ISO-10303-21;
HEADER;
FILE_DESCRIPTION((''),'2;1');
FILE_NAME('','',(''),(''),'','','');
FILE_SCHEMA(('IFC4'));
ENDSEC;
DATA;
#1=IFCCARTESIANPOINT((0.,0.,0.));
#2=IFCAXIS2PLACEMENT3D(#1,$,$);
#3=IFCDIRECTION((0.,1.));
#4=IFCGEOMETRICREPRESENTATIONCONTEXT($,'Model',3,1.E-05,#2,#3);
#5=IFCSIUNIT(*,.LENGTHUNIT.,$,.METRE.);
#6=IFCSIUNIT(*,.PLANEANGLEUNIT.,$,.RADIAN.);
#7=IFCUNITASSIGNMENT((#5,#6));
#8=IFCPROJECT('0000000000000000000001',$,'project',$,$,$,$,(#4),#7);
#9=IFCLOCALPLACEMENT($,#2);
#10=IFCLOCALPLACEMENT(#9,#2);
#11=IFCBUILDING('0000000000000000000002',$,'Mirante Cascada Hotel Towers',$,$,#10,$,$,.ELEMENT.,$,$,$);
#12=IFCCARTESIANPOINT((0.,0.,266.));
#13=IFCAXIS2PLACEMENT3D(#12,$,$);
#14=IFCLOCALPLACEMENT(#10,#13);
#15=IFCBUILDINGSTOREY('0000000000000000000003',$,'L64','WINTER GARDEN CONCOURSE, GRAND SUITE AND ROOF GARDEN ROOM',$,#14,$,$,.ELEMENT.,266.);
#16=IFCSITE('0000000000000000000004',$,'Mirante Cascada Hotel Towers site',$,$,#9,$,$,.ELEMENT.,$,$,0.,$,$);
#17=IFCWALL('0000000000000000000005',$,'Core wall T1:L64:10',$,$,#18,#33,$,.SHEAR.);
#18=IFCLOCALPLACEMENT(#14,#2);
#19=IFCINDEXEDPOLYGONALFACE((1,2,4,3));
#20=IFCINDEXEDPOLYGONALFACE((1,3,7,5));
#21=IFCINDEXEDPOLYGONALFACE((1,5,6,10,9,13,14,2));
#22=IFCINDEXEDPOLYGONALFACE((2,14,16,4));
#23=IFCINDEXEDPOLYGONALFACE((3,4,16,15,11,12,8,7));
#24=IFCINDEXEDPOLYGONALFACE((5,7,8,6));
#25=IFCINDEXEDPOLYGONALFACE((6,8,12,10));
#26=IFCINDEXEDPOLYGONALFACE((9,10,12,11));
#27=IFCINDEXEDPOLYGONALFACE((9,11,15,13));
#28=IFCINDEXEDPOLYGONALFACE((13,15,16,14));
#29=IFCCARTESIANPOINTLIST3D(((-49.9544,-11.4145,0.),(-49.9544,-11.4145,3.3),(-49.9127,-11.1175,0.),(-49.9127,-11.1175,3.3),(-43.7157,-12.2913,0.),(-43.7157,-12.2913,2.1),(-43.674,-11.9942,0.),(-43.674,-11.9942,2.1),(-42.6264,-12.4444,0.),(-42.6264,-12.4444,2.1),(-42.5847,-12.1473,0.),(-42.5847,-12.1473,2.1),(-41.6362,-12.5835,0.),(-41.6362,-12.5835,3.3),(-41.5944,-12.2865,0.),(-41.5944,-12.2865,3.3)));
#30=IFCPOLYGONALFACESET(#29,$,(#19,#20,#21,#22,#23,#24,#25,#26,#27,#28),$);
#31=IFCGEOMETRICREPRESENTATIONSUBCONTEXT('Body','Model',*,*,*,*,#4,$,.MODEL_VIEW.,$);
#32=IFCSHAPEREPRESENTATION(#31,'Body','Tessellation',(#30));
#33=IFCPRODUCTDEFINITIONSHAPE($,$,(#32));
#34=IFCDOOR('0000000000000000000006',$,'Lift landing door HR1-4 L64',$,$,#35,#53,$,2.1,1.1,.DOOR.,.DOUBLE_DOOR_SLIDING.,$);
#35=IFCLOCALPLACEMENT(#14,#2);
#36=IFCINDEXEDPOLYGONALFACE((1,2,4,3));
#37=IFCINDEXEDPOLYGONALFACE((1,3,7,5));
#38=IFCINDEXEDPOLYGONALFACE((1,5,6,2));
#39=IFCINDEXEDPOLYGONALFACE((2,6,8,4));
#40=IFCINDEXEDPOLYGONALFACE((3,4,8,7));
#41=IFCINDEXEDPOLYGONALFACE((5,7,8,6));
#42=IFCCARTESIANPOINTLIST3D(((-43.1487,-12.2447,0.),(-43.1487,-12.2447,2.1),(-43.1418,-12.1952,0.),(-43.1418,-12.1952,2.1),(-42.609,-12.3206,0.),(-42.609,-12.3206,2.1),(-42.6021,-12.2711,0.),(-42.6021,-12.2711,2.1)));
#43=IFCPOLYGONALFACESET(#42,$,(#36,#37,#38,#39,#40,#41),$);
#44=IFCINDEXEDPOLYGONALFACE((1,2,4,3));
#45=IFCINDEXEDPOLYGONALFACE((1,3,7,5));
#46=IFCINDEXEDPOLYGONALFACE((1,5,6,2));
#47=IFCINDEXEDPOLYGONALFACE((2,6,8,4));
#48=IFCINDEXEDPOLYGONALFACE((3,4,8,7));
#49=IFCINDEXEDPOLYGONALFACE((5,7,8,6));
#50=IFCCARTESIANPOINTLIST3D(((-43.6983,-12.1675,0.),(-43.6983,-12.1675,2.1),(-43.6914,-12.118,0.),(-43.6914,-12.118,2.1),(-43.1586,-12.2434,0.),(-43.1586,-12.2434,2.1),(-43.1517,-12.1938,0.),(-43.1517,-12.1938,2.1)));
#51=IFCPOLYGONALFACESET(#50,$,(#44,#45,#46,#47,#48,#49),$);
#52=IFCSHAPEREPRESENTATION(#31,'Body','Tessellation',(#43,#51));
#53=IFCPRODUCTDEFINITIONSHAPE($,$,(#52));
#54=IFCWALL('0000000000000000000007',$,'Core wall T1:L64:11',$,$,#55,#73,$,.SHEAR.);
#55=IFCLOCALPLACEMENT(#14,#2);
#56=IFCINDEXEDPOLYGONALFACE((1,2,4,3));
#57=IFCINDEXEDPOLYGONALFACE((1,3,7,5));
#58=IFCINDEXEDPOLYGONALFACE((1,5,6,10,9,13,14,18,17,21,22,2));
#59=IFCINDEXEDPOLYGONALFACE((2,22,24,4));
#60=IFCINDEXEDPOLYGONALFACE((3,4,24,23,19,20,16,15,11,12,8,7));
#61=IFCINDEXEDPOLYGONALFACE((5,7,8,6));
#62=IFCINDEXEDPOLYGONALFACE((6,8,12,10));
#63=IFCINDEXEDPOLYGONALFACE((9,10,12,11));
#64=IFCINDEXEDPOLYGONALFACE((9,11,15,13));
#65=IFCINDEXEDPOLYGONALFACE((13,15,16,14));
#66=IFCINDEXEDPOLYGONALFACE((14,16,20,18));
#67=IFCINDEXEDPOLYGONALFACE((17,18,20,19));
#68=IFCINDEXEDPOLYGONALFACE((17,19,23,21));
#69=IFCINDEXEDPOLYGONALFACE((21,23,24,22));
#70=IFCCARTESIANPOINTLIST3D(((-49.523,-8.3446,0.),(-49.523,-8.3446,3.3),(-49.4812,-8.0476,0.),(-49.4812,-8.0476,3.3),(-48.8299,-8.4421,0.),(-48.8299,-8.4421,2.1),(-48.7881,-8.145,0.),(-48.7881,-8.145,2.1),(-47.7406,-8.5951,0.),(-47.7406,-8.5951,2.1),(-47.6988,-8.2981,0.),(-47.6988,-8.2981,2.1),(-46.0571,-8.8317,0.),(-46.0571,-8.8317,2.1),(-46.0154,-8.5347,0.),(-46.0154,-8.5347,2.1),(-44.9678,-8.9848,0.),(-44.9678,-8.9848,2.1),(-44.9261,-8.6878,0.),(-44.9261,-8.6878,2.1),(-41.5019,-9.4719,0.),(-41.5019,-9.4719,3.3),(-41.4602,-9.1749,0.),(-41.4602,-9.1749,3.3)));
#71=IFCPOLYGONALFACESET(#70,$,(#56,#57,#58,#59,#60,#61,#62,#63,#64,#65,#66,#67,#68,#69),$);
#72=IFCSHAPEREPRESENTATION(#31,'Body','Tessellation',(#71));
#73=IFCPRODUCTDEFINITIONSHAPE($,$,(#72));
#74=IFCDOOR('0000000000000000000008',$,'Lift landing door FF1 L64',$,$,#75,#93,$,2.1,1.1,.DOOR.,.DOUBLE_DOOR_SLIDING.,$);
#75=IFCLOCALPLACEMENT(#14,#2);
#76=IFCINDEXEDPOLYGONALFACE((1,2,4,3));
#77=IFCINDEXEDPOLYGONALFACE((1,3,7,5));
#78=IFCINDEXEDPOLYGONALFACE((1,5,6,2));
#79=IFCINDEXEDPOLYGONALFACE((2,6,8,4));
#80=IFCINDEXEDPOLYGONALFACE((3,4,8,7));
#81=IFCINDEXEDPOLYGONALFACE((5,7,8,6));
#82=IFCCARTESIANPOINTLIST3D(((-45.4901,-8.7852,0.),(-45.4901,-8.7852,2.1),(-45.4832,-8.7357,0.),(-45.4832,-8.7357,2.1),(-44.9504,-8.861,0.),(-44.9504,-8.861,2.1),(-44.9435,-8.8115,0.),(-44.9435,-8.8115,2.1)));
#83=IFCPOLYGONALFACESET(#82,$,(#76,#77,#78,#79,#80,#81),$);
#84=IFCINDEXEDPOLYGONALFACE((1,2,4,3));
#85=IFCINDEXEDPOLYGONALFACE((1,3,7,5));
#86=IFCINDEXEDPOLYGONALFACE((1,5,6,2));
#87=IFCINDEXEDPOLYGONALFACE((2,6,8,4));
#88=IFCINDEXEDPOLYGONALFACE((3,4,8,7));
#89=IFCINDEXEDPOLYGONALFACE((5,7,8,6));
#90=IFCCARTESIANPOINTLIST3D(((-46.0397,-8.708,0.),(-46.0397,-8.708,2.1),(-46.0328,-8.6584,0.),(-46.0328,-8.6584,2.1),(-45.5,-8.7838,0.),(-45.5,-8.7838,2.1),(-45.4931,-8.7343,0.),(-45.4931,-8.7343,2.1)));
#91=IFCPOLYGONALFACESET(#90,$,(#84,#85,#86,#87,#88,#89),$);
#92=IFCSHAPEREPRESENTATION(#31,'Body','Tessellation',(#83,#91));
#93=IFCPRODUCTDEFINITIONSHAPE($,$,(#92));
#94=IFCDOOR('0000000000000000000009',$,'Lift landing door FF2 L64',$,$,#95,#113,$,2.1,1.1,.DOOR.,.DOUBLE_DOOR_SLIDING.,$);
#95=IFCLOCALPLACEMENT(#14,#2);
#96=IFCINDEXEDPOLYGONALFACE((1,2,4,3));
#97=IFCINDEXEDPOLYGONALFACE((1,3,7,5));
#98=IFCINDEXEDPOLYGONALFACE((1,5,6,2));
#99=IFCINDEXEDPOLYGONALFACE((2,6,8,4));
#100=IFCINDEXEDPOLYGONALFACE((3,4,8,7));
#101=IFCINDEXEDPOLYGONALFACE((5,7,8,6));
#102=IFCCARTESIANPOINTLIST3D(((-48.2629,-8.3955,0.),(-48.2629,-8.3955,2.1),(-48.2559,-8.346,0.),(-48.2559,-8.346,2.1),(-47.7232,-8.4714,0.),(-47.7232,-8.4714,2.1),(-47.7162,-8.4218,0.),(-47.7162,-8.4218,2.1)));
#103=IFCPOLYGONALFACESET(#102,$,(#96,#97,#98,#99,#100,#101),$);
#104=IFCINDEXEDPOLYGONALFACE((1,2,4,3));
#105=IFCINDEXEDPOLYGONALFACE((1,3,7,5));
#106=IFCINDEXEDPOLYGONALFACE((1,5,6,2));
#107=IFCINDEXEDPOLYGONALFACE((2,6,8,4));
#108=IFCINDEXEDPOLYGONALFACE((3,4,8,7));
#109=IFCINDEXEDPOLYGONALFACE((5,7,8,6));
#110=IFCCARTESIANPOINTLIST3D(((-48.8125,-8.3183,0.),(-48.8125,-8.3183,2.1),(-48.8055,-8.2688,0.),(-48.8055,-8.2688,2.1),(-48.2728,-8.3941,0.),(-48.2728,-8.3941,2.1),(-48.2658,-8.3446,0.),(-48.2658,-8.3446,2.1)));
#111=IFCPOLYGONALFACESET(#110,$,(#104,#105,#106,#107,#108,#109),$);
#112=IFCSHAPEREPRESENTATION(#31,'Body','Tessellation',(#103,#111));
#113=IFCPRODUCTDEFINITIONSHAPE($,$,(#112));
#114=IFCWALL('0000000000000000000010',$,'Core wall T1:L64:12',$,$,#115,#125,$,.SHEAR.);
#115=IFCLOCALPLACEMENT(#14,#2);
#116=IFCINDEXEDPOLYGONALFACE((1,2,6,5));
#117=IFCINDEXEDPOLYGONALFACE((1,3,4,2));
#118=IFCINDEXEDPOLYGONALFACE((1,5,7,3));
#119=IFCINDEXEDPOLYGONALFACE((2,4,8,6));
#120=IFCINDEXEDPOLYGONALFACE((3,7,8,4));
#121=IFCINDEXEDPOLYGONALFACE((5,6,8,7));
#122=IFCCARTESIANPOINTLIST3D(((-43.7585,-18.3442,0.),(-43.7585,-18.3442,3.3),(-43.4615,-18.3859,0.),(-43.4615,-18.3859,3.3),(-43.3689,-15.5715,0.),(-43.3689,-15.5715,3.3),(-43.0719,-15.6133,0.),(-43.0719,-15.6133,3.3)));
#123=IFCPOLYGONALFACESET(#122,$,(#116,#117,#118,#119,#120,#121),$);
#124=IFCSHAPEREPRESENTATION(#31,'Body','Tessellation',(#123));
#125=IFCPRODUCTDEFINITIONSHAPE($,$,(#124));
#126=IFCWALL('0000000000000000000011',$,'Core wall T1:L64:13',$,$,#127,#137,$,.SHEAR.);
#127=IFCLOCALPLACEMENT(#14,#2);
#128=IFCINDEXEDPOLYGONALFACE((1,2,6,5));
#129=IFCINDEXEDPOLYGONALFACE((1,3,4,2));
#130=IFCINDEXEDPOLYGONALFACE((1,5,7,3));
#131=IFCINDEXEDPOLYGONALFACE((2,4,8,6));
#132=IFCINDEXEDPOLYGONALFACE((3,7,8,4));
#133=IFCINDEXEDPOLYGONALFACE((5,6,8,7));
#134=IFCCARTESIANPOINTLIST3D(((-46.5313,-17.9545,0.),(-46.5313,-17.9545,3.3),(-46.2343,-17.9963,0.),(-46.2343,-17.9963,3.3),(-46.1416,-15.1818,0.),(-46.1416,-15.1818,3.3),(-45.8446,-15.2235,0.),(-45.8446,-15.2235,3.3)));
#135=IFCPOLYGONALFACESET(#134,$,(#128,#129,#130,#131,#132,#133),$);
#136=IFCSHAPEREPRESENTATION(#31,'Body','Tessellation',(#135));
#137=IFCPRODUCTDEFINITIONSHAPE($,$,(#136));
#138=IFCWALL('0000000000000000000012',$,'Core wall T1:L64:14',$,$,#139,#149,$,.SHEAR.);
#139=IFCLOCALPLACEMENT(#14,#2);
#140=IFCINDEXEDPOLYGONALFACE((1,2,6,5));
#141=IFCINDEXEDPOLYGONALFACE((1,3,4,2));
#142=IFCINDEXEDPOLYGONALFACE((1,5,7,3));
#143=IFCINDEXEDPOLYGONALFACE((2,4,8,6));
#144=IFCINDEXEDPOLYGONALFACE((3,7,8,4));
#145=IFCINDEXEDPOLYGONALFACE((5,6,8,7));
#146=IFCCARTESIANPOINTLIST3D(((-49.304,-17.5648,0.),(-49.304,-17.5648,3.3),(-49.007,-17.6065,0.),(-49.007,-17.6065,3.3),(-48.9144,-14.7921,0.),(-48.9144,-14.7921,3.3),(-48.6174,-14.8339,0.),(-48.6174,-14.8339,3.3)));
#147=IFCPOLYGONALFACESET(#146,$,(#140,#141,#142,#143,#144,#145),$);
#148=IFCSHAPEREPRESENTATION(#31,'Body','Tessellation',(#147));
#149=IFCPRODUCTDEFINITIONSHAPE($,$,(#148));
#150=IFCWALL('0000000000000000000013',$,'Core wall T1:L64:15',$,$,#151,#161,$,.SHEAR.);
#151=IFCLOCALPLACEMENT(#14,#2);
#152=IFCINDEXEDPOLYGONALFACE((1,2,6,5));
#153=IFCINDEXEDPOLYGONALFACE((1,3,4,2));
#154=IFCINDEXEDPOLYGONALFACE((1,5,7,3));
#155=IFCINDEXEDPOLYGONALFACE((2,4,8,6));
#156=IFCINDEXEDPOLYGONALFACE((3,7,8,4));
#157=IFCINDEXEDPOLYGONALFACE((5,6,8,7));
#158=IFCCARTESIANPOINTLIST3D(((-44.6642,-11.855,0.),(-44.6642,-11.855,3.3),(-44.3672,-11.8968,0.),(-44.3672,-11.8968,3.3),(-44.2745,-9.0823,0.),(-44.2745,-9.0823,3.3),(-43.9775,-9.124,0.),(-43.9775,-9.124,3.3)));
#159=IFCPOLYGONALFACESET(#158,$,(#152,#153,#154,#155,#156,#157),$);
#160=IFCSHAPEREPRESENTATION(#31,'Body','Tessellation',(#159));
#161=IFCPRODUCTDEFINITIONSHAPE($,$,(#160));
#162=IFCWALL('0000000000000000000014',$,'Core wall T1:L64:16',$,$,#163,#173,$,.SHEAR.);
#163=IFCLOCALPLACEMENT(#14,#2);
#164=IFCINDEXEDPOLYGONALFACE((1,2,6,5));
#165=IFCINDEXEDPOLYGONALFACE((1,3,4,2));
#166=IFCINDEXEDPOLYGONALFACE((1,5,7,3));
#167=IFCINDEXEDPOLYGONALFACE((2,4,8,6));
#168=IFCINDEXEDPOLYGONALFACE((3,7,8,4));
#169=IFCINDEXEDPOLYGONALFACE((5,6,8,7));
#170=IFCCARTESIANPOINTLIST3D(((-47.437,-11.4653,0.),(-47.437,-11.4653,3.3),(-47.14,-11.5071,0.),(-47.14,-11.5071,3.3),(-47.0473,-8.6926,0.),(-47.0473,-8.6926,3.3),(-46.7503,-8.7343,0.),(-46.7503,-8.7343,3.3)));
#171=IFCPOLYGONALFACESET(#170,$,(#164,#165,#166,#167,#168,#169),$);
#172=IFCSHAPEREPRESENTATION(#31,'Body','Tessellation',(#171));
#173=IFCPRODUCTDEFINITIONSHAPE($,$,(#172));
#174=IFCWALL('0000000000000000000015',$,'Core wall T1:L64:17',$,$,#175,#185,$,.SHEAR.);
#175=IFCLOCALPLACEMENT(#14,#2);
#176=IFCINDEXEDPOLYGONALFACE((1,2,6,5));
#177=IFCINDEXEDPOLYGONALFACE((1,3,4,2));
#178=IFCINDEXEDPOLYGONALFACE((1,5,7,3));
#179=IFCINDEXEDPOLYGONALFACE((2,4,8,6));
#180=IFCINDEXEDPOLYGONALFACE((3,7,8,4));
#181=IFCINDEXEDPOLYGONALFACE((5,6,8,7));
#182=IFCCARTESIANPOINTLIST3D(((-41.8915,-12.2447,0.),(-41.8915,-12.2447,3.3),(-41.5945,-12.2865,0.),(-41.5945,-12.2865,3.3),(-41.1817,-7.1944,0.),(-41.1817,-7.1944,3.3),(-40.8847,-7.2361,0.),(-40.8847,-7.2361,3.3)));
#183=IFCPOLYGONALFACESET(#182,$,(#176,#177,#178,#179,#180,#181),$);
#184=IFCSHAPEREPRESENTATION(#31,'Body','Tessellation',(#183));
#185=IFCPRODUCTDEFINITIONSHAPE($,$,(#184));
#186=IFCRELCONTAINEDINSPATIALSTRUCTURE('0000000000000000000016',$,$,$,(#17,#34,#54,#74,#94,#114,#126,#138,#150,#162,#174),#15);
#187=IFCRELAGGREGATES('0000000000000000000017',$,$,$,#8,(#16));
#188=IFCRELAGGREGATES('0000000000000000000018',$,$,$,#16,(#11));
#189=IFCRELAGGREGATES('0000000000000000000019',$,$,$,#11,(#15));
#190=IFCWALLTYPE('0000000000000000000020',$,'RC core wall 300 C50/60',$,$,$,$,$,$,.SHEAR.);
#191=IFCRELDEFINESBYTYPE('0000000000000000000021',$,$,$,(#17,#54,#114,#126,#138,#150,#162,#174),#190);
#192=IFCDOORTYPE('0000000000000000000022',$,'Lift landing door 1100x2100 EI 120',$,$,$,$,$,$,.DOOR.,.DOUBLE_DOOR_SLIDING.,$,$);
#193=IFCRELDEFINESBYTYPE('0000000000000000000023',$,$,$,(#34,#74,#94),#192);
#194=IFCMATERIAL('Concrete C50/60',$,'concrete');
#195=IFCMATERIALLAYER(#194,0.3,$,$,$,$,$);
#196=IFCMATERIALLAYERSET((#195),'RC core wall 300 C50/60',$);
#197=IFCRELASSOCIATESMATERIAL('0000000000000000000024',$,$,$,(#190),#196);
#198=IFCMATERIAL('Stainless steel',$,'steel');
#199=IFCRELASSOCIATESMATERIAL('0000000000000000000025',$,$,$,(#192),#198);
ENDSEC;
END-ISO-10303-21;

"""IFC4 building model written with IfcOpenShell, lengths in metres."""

from ifc_helpers import new_model, si_unit, direction, frame, frame_2d, origin, place, context, subcontext, project, spatial, rectangle, extrude, material, layer, layer_set, type_object, element, fill, save


model = new_model("IFC4")

# Units and contexts
model_context = context("Model", 3, precision=1e-05, world=origin(), true_north=direction((0.0, 1.0)))
body_context = subcontext(model_context, "Body", "Model", "MODEL_VIEW")
ifc_project = project(units=[si_unit("LENGTHUNIT", "METRE"), si_unit("PLANEANGLEUNIT", "RADIAN")], contexts=[model_context])

# Site, building, storey
site_placement = place(None, origin())
site = spatial("IfcSite", under=ifc_project, at=site_placement, Name="Mirante Cascada Hotel Towers site", CompositionType="ELEMENT", RefElevation=0.0)
building_placement = place(site_placement, origin())
building = spatial("IfcBuilding", under=site, at=building_placement, Name="Mirante Cascada Hotel Towers", CompositionType="ELEMENT")
storey_placement = place(building_placement, frame((0.0, 0.0, 266.0)))
storey = spatial("IfcBuildingStorey", under=building, at=storey_placement, Name="L64", Description="WINTER GARDEN CONCOURSE, GRAND SUITE AND ROOF GARDEN ROOM", CompositionType="ELEMENT", Elevation=266.0)

# Shared definitions
ifc_material_1 = material(Name="Concrete C50/60", Category="concrete")
ifc_layer_1 = layer(ifc_material_1, 0.3)
ifc_layer_set_1 = layer_set([ifc_layer_1], Name="RC core wall 300 C50/60")
wall_type_1 = type_object("IfcWallType", Name="RC core wall 300 C50/60", PredefinedType="SHEAR", material=ifc_layer_set_1)

# Wall, opening, door
wall_1_placement = place(storey_placement, frame((-41.6153, -12.435, 0.0), z_axis=(0.0, 0.0, 1.0), x_axis=(-0.990269, 0.139166, 0.0)))
wall_1 = element("IfcWall", 1, at=wall_1_placement, inside=storey, type_object=wall_type_1, Name="Core wall T1:L64:10", PredefinedType="SHEAR", context=body_context, shape_type="SweptSolid", body=[
    extrude(rectangle(XDim=8.4, YDim=0.3, at=frame_2d((4.2, 0.0))), origin(), (0.0, 0.0, 1.0), 3.3),
])
opening_1_placement = place(wall_1_placement, frame((1.0, 0.0, 0.0)))
opening_1 = element("IfcOpeningElement", 2, at=opening_1_placement, cuts=wall_1, PredefinedType="OPENING", context=body_context, shape_type="SweptSolid", body=[
    extrude(rectangle(XDim=1.1, YDim=2.1, at=frame_2d((0.55, 1.05))), frame((0.0, 0.15, 0.0), z_axis=(0.0, -1.0, 0.0), x_axis=(1.0, 0.0, 0.0)), (0.0, 0.0, 1.0), 0.3),
])
ifc_material_2 = material(Name="Stainless steel", Category="steel")
door_type_1 = type_object("IfcDoorType", Name="Lift landing door 1100x2100 EI 120", OperationType="DOUBLE_DOOR_SLIDING", PredefinedType="DOOR", material=ifc_material_2)
door_1_placement = place(opening_1_placement, origin())
door_1 = element("IfcDoor", 3, at=door_1_placement, inside=storey, type_object=door_type_1, Name="Lift landing door HR1-4 L64", OperationType="DOUBLE_DOOR_SLIDING", OverallHeight=2.1, OverallWidth=1.1, PredefinedType="DOOR", context=body_context, shape_type="SweptSolid", body=[
    extrude(rectangle(XDim=0.545, YDim=2.1, at=frame_2d((0.2725, 1.05))), frame((0.0, 0.025, 0.0), z_axis=(0.0, -1.0, 0.0), x_axis=(1.0, 0.0, 0.0)), (0.0, 0.0, 1.0), 0.05),
    extrude(rectangle(XDim=0.545, YDim=2.1, at=frame_2d((0.8275, 1.05))), frame((0.0, 0.025, 0.0), z_axis=(0.0, -1.0, 0.0), x_axis=(1.0, 0.0, 0.0)), (0.0, 0.0, 1.0), 0.05),
])
fill(opening_1, door_1)

# Wall, openings, doors
wall_2_placement = place(storey_placement, frame((-41.481, -9.3234, 0.0), z_axis=(0.0, 0.0, 1.0), x_axis=(-0.990268, 0.139174, 0.0)))
wall_2 = element("IfcWall", 4, at=wall_2_placement, inside=storey, type_object=wall_type_1, Name="Core wall T1:L64:11", PredefinedType="SHEAR", context=body_context, shape_type="SweptSolid", body=[
    extrude(rectangle(XDim=8.0999, YDim=0.3, at=frame_2d((4.05, 0.0))), origin(), (0.0, 0.0, 1.0), 3.3),
])
opening_2_placement = place(wall_2_placement, frame((3.5, 0.0, 0.0)))
opening_2 = element("IfcOpeningElement", 5, at=opening_2_placement, cuts=wall_2, PredefinedType="OPENING", context=body_context, shape_type="SweptSolid", body=[
    extrude(rectangle(XDim=1.1, YDim=2.1, at=frame_2d((0.55, 1.05))), frame((0.0, 0.15, 0.0), z_axis=(0.0, -1.0, 0.0), x_axis=(1.0, 0.0, 0.0)), (0.0, 0.0, 1.0), 0.3),
])
opening_3_placement = place(wall_2_placement, frame((6.3, 0.0, 0.0)))
opening_3 = element("IfcOpeningElement", 6, at=opening_3_placement, cuts=wall_2, PredefinedType="OPENING", context=body_context, shape_type="SweptSolid", body=[
    extrude(rectangle(XDim=1.1, YDim=2.1, at=frame_2d((0.55, 1.05))), frame((0.0, 0.15, 0.0), z_axis=(0.0, -1.0, 0.0), x_axis=(1.0, 0.0, 0.0)), (0.0, 0.0, 1.0), 0.3),
])
door_2_placement = place(opening_2_placement, origin())
door_2 = element("IfcDoor", 7, at=door_2_placement, inside=storey, type_object=door_type_1, Name="Lift landing door FF1 L64", OperationType="DOUBLE_DOOR_SLIDING", OverallHeight=2.1, OverallWidth=1.1, PredefinedType="DOOR", context=body_context, shape_type="SweptSolid", body=[
    extrude(rectangle(XDim=0.545, YDim=2.1, at=frame_2d((0.2725, 1.05))), frame((0.0, 0.025, 0.0), z_axis=(0.0, -1.0, 0.0), x_axis=(1.0, 0.0, 0.0)), (0.0, 0.0, 1.0), 0.05),
    extrude(rectangle(XDim=0.545, YDim=2.1, at=frame_2d((0.8275, 1.05))), frame((0.0, 0.025, 0.0), z_axis=(0.0, -1.0, 0.0), x_axis=(1.0, 0.0, 0.0)), (0.0, 0.0, 1.0), 0.05),
])
fill(opening_2, door_2)
door_3_placement = place(opening_3_placement, origin())
door_3 = element("IfcDoor", 8, at=door_3_placement, inside=storey, type_object=door_type_1, Name="Lift landing door FF2 L64", OperationType="DOUBLE_DOOR_SLIDING", OverallHeight=2.1, OverallWidth=1.1, PredefinedType="DOOR", context=body_context, shape_type="SweptSolid", body=[
    extrude(rectangle(XDim=0.545, YDim=2.1, at=frame_2d((0.2725, 1.05))), frame((0.0, 0.025, 0.0), z_axis=(0.0, -1.0, 0.0), x_axis=(1.0, 0.0, 0.0)), (0.0, 0.0, 1.0), 0.05),
    extrude(rectangle(XDim=0.545, YDim=2.1, at=frame_2d((0.8275, 1.05))), frame((0.0, 0.025, 0.0), z_axis=(0.0, -1.0, 0.0), x_axis=(1.0, 0.0, 0.0)), (0.0, 0.0, 1.0), 0.05),
])
fill(opening_3, door_3)

# Walls
wall_3_placement = place(storey_placement, frame((-43.61, -18.3651, 0.0), z_axis=(0.0, 0.0, 1.0), x_axis=(0.139146, 0.990272, 0.0)))
element("IfcWall", 9, at=wall_3_placement, inside=storey, type_object=wall_type_1, Name="Core wall T1:L64:12", PredefinedType="SHEAR", context=body_context, shape_type="SweptSolid", body=[
    extrude(rectangle(XDim=2.7999, YDim=0.3, at=frame_2d((1.4, 0.0))), origin(), (0.0, 0.0, 1.0), 3.3),
])
wall_4_placement = place(storey_placement, frame((-46.3828, -17.9754, 0.0), z_axis=(0.0, 0.0, 1.0), x_axis=(0.139181, 0.990267, 0.0)))
element("IfcWall", 10, at=wall_4_placement, inside=storey, type_object=wall_type_1, Name="Core wall T1:L64:13", PredefinedType="SHEAR", context=body_context, shape_type="SweptSolid", body=[
    extrude(rectangle(XDim=2.8, YDim=0.3, at=frame_2d((1.4, 0.0))), origin(), (0.0, 0.0, 1.0), 3.3),
])
wall_5_placement = place(storey_placement, frame((-49.1555, -17.5857, 0.0), z_axis=(0.0, 0.0, 1.0), x_axis=(0.139146, 0.990272, 0.0)))
element("IfcWall", 11, at=wall_5_placement, inside=storey, type_object=wall_type_1, Name="Core wall T1:L64:14", PredefinedType="SHEAR", context=body_context, shape_type="SweptSolid", body=[
    extrude(rectangle(XDim=2.7999, YDim=0.3, at=frame_2d((1.4, 0.0))), origin(), (0.0, 0.0, 1.0), 3.3),
])
for number, where, z_axis, x_axis, name in (
    (12, (-44.5157, -11.8759, 0.0), (0.0, 0.0, 1.0), (0.139181, 0.990267, 0.0), "Core wall T1:L64:15"),
    (13, (-47.2885, -11.4862, 0.0), (0.0, 0.0, 1.0), (0.139181, 0.990267, 0.0), "Core wall T1:L64:16"),
):
    element("IfcWall", number, at=place(storey_placement, frame(where, z_axis=z_axis, x_axis=x_axis)), inside=storey, type_object=wall_type_1, Name=name, PredefinedType="SHEAR", context=body_context, shape_type="SweptSolid", body=[
        extrude(rectangle(XDim=2.8, YDim=0.3, at=frame_2d((1.4, 0.0))), origin(), (0.0, 0.0, 1.0), 3.3),
    ])
wall_6_placement = place(storey_placement, frame((-41.743, -12.2656, 0.0), z_axis=(0.0, 0.0, 1.0), x_axis=(0.139176, 0.990268, 0.0)))
element("IfcWall", 14, at=wall_6_placement, inside=storey, type_object=wall_type_1, Name="Core wall T1:L64:17", PredefinedType="SHEAR", context=body_context, shape_type="SweptSolid", body=[
    extrude(rectangle(XDim=5.1, YDim=0.3, at=frame_2d((2.55, 0.0))), origin(), (0.0, 0.0, 1.0), 3.3),
])

save(model, "model.ifc")
